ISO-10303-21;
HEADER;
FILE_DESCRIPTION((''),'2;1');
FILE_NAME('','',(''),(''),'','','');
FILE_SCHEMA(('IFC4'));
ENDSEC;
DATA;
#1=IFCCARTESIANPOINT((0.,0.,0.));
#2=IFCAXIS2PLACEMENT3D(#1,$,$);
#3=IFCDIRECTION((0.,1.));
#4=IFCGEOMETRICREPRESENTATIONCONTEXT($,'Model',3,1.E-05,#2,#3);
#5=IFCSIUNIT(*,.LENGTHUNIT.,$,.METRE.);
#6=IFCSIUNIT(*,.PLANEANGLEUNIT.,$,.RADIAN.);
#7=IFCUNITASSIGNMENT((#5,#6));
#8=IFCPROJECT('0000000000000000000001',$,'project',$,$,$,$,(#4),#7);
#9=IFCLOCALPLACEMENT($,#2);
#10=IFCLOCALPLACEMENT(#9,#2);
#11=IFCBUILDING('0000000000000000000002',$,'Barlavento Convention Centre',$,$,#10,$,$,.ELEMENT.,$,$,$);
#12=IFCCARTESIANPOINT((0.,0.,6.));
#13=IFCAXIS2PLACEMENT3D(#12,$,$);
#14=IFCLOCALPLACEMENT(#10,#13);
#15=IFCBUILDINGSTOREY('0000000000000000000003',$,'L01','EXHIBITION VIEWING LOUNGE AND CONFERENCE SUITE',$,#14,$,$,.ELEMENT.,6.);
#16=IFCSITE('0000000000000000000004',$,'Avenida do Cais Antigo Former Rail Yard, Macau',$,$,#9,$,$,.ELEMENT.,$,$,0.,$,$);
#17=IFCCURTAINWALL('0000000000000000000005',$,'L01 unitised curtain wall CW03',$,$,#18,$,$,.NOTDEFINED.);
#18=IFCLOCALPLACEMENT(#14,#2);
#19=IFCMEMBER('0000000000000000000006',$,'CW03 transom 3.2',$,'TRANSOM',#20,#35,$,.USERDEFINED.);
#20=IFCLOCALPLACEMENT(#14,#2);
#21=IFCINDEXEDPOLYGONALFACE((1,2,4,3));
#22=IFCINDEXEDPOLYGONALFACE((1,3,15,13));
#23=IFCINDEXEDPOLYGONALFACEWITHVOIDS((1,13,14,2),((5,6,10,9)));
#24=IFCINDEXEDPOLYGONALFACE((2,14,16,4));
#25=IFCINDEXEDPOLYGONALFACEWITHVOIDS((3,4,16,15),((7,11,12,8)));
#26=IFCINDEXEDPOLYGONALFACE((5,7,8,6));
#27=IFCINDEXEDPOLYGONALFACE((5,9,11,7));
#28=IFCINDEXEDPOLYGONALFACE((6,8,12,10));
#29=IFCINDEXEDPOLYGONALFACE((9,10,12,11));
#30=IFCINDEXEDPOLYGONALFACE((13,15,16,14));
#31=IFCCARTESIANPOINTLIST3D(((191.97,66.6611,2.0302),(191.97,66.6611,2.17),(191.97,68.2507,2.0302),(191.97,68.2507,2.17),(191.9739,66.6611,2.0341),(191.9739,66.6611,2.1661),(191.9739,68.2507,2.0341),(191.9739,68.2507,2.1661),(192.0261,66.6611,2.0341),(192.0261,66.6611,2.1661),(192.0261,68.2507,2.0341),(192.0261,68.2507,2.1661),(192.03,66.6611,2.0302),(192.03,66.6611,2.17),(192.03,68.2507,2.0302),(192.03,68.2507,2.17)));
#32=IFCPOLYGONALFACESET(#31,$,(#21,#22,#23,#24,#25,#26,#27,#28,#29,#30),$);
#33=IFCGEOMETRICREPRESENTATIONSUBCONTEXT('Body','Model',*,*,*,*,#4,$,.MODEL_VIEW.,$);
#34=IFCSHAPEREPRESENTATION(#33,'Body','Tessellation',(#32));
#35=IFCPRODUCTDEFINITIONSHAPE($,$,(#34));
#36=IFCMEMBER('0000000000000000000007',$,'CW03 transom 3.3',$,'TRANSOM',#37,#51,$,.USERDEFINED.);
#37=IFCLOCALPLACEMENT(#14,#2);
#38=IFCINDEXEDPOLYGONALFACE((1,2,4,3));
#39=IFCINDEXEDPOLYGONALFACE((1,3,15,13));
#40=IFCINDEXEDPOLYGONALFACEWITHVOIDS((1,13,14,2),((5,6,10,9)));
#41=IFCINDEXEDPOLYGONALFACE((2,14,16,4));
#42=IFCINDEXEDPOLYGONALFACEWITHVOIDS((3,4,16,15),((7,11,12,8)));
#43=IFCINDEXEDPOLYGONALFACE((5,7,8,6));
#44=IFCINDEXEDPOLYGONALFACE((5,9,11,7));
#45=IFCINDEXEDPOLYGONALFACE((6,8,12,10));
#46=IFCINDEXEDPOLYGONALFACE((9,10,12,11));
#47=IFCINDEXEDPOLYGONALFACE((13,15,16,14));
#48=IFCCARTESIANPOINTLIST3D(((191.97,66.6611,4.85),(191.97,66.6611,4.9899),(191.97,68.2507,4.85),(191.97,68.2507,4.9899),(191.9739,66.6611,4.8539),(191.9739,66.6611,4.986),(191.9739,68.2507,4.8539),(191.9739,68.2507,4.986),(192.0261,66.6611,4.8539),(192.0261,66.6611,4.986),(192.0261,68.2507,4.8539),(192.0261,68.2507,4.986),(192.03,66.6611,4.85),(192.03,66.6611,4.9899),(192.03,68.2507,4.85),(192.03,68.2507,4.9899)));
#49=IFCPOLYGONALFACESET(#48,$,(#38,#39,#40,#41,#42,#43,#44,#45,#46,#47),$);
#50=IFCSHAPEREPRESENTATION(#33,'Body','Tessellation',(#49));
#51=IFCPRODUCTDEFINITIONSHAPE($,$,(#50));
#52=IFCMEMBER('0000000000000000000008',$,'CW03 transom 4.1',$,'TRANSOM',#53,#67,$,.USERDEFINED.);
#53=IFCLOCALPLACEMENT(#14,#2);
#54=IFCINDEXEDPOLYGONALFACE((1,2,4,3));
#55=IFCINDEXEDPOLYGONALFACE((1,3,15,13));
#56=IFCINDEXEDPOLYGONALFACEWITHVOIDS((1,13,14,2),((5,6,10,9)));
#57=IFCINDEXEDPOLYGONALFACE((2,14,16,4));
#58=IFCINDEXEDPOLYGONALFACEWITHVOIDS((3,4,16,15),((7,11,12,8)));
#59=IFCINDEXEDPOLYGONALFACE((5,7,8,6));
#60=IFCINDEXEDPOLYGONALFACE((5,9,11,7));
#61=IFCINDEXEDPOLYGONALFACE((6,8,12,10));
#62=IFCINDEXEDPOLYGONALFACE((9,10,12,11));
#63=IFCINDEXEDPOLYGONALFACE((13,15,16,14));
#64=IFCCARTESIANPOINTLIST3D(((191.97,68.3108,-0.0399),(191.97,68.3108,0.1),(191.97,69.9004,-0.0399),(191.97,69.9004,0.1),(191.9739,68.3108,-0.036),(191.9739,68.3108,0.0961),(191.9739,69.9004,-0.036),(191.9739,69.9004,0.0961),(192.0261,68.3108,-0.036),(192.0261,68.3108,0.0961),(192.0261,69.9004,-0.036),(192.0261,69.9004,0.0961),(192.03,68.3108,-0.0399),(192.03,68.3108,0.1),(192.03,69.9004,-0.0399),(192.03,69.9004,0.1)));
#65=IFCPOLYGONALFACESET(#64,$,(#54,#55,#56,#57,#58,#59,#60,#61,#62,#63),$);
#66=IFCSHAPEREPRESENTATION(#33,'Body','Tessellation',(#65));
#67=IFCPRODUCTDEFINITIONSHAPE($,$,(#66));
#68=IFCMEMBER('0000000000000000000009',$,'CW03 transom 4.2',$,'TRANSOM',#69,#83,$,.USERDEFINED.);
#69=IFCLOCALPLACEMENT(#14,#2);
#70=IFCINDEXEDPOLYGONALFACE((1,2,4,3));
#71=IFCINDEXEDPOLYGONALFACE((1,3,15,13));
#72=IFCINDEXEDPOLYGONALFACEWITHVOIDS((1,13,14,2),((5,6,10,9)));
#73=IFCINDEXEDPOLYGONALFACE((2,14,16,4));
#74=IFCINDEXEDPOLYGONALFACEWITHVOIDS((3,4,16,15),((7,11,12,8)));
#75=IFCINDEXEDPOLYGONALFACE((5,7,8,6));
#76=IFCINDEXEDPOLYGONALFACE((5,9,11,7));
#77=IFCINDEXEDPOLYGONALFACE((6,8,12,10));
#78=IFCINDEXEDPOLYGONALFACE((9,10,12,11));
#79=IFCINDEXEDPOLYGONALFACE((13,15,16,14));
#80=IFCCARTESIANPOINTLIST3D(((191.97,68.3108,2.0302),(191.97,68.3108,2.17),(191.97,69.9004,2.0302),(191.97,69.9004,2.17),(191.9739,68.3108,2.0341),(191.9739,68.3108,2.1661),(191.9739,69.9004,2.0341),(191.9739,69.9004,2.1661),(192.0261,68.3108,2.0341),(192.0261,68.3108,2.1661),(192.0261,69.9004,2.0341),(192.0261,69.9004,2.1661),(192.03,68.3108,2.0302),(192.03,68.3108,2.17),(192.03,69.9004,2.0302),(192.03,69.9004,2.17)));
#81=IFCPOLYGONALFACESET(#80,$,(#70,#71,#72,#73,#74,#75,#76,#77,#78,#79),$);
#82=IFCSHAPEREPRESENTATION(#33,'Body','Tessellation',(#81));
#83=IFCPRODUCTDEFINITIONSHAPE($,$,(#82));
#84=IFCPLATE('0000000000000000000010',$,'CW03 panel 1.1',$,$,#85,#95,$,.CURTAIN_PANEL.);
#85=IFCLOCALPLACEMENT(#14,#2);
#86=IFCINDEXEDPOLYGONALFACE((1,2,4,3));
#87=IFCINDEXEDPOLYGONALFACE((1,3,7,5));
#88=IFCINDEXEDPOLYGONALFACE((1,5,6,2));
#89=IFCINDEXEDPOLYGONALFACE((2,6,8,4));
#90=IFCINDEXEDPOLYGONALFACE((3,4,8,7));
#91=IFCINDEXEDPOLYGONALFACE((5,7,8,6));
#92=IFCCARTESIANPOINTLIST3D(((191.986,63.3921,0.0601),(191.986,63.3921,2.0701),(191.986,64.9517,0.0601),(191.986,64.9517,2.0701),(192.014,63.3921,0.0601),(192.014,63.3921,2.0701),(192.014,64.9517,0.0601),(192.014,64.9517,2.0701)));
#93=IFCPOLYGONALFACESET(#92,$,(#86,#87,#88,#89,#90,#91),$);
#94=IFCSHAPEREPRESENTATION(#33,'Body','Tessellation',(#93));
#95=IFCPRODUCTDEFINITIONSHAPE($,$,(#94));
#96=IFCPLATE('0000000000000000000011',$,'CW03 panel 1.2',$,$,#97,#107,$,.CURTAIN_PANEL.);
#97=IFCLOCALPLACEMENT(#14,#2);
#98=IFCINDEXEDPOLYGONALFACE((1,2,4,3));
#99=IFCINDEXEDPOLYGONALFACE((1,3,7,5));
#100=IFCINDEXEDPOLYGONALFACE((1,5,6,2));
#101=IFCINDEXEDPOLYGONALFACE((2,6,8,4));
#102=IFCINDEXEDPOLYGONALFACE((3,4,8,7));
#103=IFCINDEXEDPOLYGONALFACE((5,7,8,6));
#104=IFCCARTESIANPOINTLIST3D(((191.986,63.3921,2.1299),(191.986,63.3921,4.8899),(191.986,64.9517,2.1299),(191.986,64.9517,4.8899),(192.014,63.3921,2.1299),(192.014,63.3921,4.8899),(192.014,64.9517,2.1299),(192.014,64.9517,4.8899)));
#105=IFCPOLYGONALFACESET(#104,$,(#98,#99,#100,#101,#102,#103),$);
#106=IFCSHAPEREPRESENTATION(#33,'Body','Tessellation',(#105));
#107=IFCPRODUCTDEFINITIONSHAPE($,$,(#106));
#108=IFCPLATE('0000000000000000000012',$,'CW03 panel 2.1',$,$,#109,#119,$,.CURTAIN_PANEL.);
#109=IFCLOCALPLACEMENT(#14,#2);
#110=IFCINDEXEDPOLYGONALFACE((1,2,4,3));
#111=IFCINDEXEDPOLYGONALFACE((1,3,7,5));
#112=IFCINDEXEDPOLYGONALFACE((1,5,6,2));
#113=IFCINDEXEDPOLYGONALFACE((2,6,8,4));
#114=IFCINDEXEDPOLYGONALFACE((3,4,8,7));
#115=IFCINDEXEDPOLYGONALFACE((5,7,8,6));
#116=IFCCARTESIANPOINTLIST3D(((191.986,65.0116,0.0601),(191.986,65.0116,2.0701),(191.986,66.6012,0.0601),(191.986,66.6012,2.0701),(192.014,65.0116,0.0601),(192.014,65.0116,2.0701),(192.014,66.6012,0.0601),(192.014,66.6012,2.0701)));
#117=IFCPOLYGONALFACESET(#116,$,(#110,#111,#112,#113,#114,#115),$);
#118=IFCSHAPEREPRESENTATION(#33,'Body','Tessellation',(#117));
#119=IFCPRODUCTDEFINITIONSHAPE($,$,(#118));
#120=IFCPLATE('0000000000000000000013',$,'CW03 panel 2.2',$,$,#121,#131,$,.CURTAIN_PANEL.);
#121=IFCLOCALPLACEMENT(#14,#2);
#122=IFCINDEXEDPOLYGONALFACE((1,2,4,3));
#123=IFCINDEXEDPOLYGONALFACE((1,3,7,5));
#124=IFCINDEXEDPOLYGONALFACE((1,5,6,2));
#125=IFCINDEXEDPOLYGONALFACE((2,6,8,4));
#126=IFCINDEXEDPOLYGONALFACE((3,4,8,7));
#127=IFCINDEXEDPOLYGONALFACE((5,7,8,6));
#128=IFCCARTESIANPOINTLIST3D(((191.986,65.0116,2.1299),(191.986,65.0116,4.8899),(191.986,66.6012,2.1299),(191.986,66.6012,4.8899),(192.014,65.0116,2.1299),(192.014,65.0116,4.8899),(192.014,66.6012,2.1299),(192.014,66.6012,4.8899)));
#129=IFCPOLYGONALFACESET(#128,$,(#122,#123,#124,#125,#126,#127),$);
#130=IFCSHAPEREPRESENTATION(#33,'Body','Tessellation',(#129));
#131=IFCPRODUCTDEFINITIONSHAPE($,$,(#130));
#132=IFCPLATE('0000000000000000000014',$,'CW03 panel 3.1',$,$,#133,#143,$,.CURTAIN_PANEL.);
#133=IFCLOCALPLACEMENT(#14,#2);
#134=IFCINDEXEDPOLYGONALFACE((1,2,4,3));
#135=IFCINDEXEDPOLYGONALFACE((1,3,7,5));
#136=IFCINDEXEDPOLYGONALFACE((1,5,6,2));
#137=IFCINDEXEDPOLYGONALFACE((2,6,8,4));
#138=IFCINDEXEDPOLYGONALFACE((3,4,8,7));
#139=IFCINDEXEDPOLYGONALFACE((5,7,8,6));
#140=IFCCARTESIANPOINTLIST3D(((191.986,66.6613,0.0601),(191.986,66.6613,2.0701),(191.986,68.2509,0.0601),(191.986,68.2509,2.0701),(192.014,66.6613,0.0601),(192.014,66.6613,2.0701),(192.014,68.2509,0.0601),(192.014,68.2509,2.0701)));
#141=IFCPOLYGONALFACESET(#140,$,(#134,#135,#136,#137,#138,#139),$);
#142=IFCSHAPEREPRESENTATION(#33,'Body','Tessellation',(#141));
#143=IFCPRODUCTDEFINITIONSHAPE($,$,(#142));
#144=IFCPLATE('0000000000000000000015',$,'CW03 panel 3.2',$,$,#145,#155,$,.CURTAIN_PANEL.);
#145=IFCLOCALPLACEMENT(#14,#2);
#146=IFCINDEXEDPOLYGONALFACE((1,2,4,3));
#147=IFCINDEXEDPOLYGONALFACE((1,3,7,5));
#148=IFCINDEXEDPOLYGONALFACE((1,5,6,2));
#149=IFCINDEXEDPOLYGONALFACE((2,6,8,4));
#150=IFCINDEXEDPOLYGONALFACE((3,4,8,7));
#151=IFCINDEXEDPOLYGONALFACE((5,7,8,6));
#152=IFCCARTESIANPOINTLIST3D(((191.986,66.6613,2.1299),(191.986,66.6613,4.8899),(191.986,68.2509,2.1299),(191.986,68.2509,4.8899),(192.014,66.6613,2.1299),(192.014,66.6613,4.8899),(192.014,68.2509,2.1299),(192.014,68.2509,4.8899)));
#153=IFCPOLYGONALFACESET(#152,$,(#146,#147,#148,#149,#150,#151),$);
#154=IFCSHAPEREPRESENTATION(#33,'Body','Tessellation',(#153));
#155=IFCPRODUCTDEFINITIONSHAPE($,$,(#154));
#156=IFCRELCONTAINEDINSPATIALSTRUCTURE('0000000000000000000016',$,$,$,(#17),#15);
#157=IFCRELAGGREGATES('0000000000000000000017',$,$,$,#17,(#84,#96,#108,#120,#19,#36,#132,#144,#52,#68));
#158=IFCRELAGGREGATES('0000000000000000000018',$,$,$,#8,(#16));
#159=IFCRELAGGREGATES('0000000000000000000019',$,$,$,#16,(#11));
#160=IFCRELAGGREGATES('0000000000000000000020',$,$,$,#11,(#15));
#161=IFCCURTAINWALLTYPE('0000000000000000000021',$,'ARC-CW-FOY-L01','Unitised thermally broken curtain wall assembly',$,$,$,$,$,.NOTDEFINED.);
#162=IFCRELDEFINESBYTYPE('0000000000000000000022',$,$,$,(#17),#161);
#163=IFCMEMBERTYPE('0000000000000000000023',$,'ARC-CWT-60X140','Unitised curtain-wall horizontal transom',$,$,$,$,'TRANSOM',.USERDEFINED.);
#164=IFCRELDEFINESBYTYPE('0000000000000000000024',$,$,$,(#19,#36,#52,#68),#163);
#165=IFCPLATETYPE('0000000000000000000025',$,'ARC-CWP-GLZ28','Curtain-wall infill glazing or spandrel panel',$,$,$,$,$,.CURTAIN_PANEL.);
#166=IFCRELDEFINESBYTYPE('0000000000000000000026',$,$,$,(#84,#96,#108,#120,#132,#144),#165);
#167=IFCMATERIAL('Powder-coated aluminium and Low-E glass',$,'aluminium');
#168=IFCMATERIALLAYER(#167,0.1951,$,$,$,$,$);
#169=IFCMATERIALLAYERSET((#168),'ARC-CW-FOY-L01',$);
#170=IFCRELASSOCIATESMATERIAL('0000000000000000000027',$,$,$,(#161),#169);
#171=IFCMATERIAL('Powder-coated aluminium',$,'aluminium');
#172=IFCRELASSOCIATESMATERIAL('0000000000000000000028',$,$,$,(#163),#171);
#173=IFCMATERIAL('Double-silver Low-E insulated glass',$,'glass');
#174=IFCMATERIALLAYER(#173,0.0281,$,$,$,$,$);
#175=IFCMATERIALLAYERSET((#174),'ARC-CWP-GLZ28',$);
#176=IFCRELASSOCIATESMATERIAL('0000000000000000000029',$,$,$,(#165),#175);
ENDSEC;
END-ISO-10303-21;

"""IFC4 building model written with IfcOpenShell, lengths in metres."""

from ifc_helpers import new_model, si_unit, direction, frame, origin, origin_2d, place, context, subcontext, project, spatial, rectangle, hollow_rectangle, extrude, material, layer, layer_set, material_profile, profile_set, type_object, element, aggregate, save


model = new_model("IFC4")

# Units and contexts
model_context = context("Model", 3, precision=1e-05, world=origin(), true_north=direction((0.0, 1.0)))
body_context = subcontext(model_context, "Body", "Model", "MODEL_VIEW")
ifc_project = project(units=[si_unit("LENGTHUNIT", "METRE"), si_unit("PLANEANGLEUNIT", "RADIAN")], contexts=[model_context])

# Site, building, storey
site_placement = place(None, origin())
site = spatial("IfcSite", under=ifc_project, at=site_placement, Name="Avenida do Cais Antigo Former Rail Yard, Macau", CompositionType="ELEMENT", RefElevation=0.0)
building_placement = place(site_placement, origin())
building = spatial("IfcBuilding", under=site, at=building_placement, Name="Barlavento Convention Centre", CompositionType="ELEMENT")
storey_placement = place(building_placement, frame((0.0, 0.0, 6.0)))
storey = spatial("IfcBuildingStorey", under=building, at=storey_placement, Name="L01", Description="EXHIBITION VIEWING LOUNGE AND CONFERENCE SUITE", CompositionType="ELEMENT", Elevation=6.0)

# Curtain wall, members, plates
ifc_material_1 = material(Name="Powder-coated aluminium and Low-E glass", Category="aluminium")
ifc_layer_1 = layer(ifc_material_1, 0.1951)
ifc_layer_set_1 = layer_set([ifc_layer_1], Name="ARC-CW-FOY-L01")
curtain_wall_type = type_object("IfcCurtainWallType", Name="ARC-CW-FOY-L01", Description="Unitised thermally broken curtain wall assembly", PredefinedType="NOTDEFINED", material=ifc_layer_set_1)
curtain_wall_placement = place(storey_placement, origin())
curtain_wall = element("IfcCurtainWall", 1, at=curtain_wall_placement, inside=storey, type_object=curtain_wall_type, Name="L01 unitised curtain wall CW03", PredefinedType="NOTDEFINED")
ifc_material_2 = material(Name="Powder-coated aluminium", Category="aluminium")
ifc_material_profile_1 = material_profile(ifc_material_2, hollow_rectangle(XDim=0.0601, YDim=0.1399, WallThickness=0.0039, at=origin_2d()), Name="AL-TRAN 60x140x4")
ifc_profile_set_1 = profile_set([ifc_material_profile_1], Name="Powder-coated aluminium")
member_type_1 = type_object("IfcMemberType", Name="ARC-CWT-60X140", Description="Unitised curtain-wall horizontal transom", ElementType="TRANSOM", PredefinedType="USERDEFINED", material=ifc_profile_set_1)
member_1_placement = place(storey_placement, frame((192.0, 66.6611, 2.1001), z_axis=(0.0, 1.0, 0.0), x_axis=(-1.0, 0.0, 0.0)))
member_1 = element("IfcMember", 2, at=member_1_placement, type_object=member_type_1, Name="CW03 transom 3.2", ObjectType="TRANSOM", PredefinedType="USERDEFINED", context=body_context, shape_type="SweptSolid", body=[
    extrude(hollow_rectangle(XDim=0.0601, YDim=0.1399, WallThickness=0.0039, at=origin_2d()), origin(), (0.0, 0.0, 1.0), 1.5896),
])
member_2_placement = place(storey_placement, frame((192.0, 66.6611, 4.9199), z_axis=(0.0, 1.0, 0.0), x_axis=(-1.0, 0.0, 0.0)))
member_2 = element("IfcMember", 3, at=member_2_placement, type_object=member_type_1, Name="CW03 transom 3.3", ObjectType="TRANSOM", PredefinedType="USERDEFINED", context=body_context, shape_type="SweptSolid", body=[
    extrude(hollow_rectangle(XDim=0.0601, YDim=0.1399, WallThickness=0.0039, at=origin_2d()), origin(), (0.0, 0.0, 1.0), 1.5896),
])
member_3_placement = place(storey_placement, frame((192.0, 68.3108, 0.03), z_axis=(0.0, 1.0, 0.0), x_axis=(-1.0, 0.0, 0.0)))
member_3 = element("IfcMember", 4, at=member_3_placement, type_object=member_type_1, Name="CW03 transom 4.1", ObjectType="TRANSOM", PredefinedType="USERDEFINED", context=body_context, shape_type="SweptSolid", body=[
    extrude(hollow_rectangle(XDim=0.0601, YDim=0.1399, WallThickness=0.0039, at=origin_2d()), origin(), (0.0, 0.0, 1.0), 1.5896),
])
member_4_placement = place(storey_placement, frame((192.0, 68.3108, 2.1001), z_axis=(0.0, 1.0, 0.0), x_axis=(-1.0, 0.0, 0.0)))
member_4 = element("IfcMember", 5, at=member_4_placement, type_object=member_type_1, Name="CW03 transom 4.2", ObjectType="TRANSOM", PredefinedType="USERDEFINED", context=body_context, shape_type="SweptSolid", body=[
    extrude(hollow_rectangle(XDim=0.0601, YDim=0.1399, WallThickness=0.0039, at=origin_2d()), origin(), (0.0, 0.0, 1.0), 1.5896),
])
ifc_material_3 = material(Name="Double-silver Low-E insulated glass", Category="glass")
ifc_layer_2 = layer(ifc_material_3, 0.0281)
ifc_layer_set_2 = layer_set([ifc_layer_2], Name="ARC-CWP-GLZ28")
plate_type = type_object("IfcPlateType", Name="ARC-CWP-GLZ28", Description="Curtain-wall infill glazing or spandrel panel", PredefinedType="CURTAIN_PANEL", material=ifc_layer_set_2)
plate_1_placement = place(storey_placement, frame((192.0, 64.1719, 0.0601), z_axis=(0.0, 0.0, 1.0), x_axis=(0.0, 1.0, 0.0)))
plate_1 = element("IfcPlate", 6, at=plate_1_placement, type_object=plate_type, Name="CW03 panel 1.1", PredefinedType="CURTAIN_PANEL", context=body_context, shape_type="SweptSolid", body=[
    extrude(rectangle(XDim=1.5596, YDim=0.0281, at=origin_2d()), origin(), (0.0, 0.0, 1.0), 2.01),
])
plate_2_placement = place(storey_placement, frame((192.0, 64.1719, 2.1299), z_axis=(0.0, 0.0, 1.0), x_axis=(0.0, 1.0, 0.0)))
plate_2 = element("IfcPlate", 7, at=plate_2_placement, type_object=plate_type, Name="CW03 panel 1.2", PredefinedType="CURTAIN_PANEL", context=body_context, shape_type="SweptSolid", body=[
    extrude(rectangle(XDim=1.5596, YDim=0.0281, at=origin_2d()), origin(), (0.0, 0.0, 1.0), 2.76),
])
plate_3_placement = place(storey_placement, frame((192.0, 65.8064, 0.0601), z_axis=(0.0, 0.0, 1.0), x_axis=(0.0, 1.0, 0.0)))
plate_3 = element("IfcPlate", 8, at=plate_3_placement, type_object=plate_type, Name="CW03 panel 2.1", PredefinedType="CURTAIN_PANEL", context=body_context, shape_type="SweptSolid", body=[
    extrude(rectangle(XDim=1.5896, YDim=0.0281, at=origin_2d()), origin(), (0.0, 0.0, 1.0), 2.01),
])
plate_4_placement = place(storey_placement, frame((192.0, 65.8064, 2.1299), z_axis=(0.0, 0.0, 1.0), x_axis=(0.0, 1.0, 0.0)))
plate_4 = element("IfcPlate", 9, at=plate_4_placement, type_object=plate_type, Name="CW03 panel 2.2", PredefinedType="CURTAIN_PANEL", context=body_context, shape_type="SweptSolid", body=[
    extrude(rectangle(XDim=1.5896, YDim=0.0281, at=origin_2d()), origin(), (0.0, 0.0, 1.0), 2.76),
])
plate_5_placement = place(storey_placement, frame((192.0, 67.4561, 0.0601), z_axis=(0.0, 0.0, 1.0), x_axis=(0.0, 1.0, 0.0)))
plate_5 = element("IfcPlate", 10, at=plate_5_placement, type_object=plate_type, Name="CW03 panel 3.1", PredefinedType="CURTAIN_PANEL", context=body_context, shape_type="SweptSolid", body=[
    extrude(rectangle(XDim=1.5896, YDim=0.0281, at=origin_2d()), origin(), (0.0, 0.0, 1.0), 2.01),
])
plate_6_placement = place(storey_placement, frame((192.0, 67.4561, 2.1299), z_axis=(0.0, 0.0, 1.0), x_axis=(0.0, 1.0, 0.0)))
plate_6 = element("IfcPlate", 11, at=plate_6_placement, type_object=plate_type, Name="CW03 panel 3.2", PredefinedType="CURTAIN_PANEL", context=body_context, shape_type="SweptSolid", body=[
    extrude(rectangle(XDim=1.5896, YDim=0.0281, at=origin_2d()), origin(), (0.0, 0.0, 1.0), 2.76),
])
aggregate(curtain_wall, [plate_1, plate_2, plate_3, plate_4, member_1, member_2, plate_5, plate_6, member_3, member_4])

save(model, "model.ifc")
